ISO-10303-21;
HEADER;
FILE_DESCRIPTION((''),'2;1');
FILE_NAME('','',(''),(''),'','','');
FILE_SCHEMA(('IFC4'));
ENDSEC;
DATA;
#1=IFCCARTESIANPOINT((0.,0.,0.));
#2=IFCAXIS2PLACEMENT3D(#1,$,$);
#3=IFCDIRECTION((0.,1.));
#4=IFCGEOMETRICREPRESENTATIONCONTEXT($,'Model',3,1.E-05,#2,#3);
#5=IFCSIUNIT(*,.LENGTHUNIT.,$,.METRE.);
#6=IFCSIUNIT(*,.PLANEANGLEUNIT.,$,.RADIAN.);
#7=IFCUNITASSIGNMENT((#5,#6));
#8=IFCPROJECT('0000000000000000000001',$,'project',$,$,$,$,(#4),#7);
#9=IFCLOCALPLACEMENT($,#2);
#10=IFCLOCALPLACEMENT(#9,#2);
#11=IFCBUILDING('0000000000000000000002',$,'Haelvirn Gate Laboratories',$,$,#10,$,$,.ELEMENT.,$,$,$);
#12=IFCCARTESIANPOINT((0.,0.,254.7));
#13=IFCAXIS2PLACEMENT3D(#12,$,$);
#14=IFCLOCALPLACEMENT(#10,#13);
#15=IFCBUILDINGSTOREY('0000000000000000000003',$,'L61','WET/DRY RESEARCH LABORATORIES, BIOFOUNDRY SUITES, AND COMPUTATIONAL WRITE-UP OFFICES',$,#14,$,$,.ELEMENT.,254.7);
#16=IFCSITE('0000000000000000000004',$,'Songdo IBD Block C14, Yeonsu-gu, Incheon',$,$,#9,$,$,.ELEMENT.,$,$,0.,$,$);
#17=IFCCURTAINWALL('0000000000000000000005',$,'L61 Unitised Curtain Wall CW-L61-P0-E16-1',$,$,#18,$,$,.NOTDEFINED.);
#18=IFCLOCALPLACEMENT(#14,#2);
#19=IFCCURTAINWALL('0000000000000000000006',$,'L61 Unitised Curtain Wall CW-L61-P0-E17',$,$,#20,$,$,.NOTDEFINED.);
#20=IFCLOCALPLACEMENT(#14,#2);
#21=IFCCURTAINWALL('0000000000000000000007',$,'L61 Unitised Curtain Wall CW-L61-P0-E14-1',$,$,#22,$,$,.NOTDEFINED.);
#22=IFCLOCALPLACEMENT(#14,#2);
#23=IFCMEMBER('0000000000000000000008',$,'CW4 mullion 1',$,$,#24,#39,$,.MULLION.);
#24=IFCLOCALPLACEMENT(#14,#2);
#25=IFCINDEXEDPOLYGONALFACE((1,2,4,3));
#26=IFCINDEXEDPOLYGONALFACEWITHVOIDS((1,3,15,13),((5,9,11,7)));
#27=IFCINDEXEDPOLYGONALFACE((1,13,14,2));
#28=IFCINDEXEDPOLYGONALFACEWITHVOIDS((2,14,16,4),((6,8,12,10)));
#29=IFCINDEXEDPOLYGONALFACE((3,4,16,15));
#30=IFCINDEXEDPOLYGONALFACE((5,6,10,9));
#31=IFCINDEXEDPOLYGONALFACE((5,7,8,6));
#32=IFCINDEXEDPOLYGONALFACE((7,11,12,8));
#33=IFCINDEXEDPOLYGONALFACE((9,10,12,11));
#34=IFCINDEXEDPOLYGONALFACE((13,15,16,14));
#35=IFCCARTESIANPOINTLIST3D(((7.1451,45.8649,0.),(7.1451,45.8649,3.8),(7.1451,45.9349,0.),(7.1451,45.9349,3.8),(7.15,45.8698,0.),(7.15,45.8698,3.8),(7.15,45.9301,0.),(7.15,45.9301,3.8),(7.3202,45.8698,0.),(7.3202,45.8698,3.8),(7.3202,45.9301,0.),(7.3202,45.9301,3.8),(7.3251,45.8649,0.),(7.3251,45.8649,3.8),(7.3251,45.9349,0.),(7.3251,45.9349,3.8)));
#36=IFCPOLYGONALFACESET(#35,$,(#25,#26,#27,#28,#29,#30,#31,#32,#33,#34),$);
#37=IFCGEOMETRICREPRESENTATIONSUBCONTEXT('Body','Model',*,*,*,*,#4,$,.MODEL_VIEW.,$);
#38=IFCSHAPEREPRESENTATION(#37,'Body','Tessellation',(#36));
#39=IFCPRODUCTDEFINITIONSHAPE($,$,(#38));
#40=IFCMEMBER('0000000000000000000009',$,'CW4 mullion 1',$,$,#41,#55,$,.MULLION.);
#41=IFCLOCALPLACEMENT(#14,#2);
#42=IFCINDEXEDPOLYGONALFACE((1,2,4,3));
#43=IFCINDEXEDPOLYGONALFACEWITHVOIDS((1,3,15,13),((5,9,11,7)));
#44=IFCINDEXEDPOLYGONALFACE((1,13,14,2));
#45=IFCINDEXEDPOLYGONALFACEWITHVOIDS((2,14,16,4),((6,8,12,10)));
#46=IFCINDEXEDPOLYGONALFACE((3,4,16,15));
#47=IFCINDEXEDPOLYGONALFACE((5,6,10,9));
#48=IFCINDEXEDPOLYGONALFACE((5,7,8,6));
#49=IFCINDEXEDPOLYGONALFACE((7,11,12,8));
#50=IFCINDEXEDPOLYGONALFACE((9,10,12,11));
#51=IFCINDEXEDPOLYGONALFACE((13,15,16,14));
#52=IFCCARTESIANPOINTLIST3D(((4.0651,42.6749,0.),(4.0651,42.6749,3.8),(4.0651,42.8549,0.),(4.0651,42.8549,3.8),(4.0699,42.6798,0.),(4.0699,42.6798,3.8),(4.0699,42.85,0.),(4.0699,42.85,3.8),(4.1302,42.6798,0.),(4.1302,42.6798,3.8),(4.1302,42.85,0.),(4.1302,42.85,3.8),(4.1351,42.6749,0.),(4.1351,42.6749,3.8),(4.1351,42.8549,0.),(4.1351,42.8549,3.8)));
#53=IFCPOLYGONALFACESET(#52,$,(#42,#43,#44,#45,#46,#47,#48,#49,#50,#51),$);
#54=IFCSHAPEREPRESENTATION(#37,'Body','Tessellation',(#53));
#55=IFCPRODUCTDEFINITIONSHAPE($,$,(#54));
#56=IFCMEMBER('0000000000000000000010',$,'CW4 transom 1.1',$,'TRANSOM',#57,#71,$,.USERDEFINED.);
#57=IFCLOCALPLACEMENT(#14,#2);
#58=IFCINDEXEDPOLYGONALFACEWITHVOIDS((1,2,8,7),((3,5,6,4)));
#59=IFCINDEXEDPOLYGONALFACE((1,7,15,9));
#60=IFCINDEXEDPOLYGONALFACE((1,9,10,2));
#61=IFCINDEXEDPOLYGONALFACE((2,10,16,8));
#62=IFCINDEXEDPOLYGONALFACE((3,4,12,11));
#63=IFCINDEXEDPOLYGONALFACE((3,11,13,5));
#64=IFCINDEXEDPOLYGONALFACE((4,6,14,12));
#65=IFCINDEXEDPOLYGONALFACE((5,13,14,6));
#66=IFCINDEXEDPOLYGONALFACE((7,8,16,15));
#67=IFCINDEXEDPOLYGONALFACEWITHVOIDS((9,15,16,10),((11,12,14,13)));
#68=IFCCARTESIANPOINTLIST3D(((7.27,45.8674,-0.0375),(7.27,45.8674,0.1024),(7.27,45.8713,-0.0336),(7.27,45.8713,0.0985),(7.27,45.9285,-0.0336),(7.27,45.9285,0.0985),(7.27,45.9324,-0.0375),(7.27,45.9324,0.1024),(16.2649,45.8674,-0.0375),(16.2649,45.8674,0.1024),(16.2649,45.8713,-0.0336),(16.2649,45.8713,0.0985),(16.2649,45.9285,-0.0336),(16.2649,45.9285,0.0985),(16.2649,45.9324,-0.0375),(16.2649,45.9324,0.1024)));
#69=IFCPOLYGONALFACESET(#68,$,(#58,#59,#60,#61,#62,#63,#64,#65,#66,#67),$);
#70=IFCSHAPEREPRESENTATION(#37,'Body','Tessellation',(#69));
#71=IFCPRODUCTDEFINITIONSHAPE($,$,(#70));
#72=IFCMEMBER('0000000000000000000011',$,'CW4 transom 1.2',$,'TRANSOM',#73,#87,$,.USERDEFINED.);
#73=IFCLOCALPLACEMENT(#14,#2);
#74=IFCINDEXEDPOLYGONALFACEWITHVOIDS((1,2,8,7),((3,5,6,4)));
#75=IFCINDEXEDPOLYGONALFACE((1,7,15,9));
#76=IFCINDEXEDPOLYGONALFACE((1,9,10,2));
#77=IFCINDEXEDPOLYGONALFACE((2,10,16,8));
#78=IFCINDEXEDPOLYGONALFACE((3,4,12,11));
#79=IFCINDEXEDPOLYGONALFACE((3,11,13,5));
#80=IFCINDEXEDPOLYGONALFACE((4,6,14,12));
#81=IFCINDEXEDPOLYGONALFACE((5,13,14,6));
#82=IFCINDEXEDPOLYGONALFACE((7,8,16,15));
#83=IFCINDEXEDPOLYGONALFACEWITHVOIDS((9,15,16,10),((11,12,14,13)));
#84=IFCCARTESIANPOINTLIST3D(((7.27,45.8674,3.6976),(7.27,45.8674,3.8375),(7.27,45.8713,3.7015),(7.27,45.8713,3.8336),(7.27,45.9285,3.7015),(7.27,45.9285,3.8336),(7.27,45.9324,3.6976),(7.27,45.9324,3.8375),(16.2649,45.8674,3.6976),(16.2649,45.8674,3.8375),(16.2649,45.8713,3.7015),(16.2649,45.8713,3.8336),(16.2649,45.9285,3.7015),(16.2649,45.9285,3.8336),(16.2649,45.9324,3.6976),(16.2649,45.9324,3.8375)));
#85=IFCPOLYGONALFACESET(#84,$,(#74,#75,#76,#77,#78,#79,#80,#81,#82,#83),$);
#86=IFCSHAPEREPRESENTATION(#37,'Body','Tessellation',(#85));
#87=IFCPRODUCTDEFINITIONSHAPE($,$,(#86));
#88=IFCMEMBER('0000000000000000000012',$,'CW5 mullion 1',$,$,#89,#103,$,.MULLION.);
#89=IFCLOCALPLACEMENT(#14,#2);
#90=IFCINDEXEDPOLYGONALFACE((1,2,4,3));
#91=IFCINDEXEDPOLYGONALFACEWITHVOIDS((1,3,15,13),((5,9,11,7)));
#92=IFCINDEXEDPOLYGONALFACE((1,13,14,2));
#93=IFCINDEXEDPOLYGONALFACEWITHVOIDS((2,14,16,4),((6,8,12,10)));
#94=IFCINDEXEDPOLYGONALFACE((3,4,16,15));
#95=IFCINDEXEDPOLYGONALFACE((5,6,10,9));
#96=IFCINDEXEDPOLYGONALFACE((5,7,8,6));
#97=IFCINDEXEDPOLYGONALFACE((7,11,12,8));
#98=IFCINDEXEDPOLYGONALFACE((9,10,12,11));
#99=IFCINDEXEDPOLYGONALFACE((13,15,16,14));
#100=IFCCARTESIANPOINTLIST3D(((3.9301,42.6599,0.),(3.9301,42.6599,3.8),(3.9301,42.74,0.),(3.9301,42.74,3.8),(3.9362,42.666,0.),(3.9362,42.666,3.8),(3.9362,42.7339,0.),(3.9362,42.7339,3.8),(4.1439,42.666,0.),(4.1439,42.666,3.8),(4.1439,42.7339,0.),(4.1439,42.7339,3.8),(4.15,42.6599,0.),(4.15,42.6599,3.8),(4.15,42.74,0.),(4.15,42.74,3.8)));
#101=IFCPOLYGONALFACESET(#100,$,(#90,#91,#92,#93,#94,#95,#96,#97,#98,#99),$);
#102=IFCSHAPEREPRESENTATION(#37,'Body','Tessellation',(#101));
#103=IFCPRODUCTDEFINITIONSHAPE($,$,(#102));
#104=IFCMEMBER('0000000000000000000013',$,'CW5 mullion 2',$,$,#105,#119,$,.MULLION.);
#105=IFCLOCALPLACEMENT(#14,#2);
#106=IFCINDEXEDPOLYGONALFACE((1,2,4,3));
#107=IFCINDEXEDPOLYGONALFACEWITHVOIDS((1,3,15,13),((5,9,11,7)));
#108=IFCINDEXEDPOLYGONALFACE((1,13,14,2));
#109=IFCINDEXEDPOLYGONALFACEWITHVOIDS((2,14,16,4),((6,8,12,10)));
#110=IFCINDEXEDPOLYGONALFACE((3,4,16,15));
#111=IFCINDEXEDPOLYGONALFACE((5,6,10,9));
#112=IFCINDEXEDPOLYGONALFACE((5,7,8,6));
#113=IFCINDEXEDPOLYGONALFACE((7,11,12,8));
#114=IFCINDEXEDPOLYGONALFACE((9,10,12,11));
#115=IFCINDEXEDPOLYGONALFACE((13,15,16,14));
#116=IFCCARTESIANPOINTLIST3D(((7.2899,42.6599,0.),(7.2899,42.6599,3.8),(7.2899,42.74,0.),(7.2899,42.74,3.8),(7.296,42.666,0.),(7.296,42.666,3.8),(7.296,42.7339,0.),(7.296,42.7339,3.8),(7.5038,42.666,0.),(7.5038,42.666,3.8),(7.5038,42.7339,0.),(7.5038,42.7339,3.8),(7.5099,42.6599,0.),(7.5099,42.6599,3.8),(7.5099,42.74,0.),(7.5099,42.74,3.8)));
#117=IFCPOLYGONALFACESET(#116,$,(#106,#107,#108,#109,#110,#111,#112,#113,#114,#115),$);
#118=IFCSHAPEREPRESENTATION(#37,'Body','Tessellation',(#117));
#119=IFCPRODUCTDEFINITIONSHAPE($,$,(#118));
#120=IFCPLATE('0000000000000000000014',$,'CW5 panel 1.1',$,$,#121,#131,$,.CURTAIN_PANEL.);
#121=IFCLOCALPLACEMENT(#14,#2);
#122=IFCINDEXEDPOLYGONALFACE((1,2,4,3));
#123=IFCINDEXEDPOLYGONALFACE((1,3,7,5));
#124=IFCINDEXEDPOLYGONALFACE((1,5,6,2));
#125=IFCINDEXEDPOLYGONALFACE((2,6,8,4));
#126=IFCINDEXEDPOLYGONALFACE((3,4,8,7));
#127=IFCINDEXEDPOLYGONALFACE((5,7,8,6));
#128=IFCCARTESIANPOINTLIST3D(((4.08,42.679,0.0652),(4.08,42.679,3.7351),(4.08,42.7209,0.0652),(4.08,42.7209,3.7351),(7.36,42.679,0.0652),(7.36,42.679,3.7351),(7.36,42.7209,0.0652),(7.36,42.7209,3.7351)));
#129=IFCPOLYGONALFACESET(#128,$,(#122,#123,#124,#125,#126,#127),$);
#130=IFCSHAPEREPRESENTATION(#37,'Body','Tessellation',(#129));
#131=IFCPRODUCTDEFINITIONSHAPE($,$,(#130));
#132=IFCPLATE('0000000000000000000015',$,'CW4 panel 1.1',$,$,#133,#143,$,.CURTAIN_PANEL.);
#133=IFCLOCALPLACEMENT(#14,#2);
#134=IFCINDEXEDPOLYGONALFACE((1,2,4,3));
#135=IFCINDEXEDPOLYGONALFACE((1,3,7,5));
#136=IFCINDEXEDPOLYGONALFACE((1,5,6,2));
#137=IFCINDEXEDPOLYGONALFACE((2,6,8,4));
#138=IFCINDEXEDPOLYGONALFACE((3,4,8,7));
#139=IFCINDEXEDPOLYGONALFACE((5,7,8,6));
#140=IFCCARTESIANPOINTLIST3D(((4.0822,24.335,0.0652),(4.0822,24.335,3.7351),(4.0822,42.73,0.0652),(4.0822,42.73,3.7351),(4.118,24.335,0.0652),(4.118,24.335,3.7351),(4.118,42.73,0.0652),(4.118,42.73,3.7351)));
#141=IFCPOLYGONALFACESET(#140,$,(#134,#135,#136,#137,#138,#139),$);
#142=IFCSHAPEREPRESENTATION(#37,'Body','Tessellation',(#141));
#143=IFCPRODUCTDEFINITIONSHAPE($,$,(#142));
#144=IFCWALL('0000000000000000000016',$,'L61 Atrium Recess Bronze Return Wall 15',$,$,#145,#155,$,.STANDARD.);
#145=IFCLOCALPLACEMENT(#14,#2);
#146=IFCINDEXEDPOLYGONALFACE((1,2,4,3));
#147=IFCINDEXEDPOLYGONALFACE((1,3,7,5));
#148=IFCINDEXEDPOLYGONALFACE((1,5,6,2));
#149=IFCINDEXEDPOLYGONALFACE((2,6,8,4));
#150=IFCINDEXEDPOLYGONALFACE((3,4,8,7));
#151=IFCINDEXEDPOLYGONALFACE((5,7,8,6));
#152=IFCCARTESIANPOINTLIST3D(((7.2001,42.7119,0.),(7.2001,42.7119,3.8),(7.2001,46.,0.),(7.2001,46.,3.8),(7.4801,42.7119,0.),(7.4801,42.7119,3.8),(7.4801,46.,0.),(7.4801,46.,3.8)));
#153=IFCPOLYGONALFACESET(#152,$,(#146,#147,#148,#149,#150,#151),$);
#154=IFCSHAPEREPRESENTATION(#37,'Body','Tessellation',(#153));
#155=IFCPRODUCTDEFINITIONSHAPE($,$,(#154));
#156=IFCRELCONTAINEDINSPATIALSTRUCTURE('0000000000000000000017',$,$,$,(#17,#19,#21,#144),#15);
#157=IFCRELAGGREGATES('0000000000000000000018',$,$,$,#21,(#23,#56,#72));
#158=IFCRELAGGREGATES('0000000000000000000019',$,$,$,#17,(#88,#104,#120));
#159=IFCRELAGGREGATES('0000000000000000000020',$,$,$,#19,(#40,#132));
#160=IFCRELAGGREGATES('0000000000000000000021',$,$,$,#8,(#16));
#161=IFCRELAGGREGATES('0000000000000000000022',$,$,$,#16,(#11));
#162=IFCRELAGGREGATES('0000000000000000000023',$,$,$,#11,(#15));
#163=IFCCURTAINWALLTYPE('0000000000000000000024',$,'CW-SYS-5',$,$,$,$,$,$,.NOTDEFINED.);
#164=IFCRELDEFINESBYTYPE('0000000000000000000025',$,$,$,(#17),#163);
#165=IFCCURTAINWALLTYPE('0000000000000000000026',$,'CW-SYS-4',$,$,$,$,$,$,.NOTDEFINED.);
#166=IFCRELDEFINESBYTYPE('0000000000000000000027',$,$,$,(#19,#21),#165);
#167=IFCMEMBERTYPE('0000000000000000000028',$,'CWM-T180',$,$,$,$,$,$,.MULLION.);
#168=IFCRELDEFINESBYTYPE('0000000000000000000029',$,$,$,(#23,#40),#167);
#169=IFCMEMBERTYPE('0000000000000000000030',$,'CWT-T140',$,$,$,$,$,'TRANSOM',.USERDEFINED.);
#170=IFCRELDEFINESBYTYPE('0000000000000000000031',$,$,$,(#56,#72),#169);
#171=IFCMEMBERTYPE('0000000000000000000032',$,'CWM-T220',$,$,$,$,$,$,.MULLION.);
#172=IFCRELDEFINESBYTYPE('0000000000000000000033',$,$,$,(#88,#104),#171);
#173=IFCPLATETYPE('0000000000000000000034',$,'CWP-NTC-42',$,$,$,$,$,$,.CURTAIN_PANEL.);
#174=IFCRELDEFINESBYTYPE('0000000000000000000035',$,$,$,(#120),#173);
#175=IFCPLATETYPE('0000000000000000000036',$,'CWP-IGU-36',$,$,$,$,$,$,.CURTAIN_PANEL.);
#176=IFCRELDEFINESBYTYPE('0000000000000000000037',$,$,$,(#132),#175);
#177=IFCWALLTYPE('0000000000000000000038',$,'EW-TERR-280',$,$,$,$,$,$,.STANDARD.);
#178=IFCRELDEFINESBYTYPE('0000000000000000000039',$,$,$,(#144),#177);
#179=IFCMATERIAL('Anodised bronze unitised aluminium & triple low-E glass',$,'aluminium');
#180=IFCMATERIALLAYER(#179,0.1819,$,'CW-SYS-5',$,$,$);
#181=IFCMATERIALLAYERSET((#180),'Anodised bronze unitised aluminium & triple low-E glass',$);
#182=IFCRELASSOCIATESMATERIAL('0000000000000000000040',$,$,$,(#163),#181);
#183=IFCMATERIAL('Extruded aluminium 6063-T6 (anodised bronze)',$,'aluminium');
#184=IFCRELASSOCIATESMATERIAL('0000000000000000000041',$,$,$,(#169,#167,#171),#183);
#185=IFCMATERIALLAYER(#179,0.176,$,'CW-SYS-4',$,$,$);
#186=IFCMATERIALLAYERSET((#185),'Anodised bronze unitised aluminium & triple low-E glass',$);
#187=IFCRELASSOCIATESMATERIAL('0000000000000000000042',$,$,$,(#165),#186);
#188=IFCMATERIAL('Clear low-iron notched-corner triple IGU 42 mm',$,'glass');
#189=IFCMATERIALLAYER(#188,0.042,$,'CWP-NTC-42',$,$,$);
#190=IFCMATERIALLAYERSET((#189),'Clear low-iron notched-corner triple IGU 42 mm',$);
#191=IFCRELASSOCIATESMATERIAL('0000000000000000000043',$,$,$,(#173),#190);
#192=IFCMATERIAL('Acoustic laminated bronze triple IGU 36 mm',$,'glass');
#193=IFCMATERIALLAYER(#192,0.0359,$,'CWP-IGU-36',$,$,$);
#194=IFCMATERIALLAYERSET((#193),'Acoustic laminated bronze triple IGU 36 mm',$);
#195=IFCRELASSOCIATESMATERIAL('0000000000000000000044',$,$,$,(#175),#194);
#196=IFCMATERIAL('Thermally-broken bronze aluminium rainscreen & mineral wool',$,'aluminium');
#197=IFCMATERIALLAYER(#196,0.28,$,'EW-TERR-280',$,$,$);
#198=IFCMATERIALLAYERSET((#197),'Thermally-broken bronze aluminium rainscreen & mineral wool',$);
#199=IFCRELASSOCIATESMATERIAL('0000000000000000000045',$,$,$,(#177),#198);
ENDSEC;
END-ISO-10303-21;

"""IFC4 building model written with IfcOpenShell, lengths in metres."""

from ifc_helpers import new_model, si_unit, direction, frame, frame_2d, origin, origin_2d, place, context, subcontext, project, spatial, rectangle, hollow_rectangle, extrude, source, transform, mapped, material, layer, layer_set, material_profile, profile_set, type_object, type_shapes, element, aggregate, save


model = new_model("IFC4")

# Units and contexts
model_context = context("Model", 3, precision=1e-05, world=origin(), true_north=direction((0.0, 1.0)))
body_context = subcontext(model_context, "Body", "Model", "MODEL_VIEW")
ifc_project = project(units=[si_unit("LENGTHUNIT", "METRE"), si_unit("PLANEANGLEUNIT", "RADIAN")], contexts=[model_context])

# Site, building, storey
site_placement = place(None, origin())
site = spatial("IfcSite", under=ifc_project, at=site_placement, Name="Songdo IBD Block C14, Yeonsu-gu, Incheon", CompositionType="ELEMENT", RefElevation=0.0)
building_placement = place(site_placement, origin())
building = spatial("IfcBuilding", under=site, at=building_placement, Name="Haelvirn Gate Laboratories", CompositionType="ELEMENT")
storey_placement = place(building_placement, frame((0.0, 0.0, 254.7)))
storey = spatial("IfcBuildingStorey", under=building, at=storey_placement, Name="L61", Description="WET/DRY RESEARCH LABORATORIES, BIOFOUNDRY SUITES, AND COMPUTATIONAL WRITE-UP OFFICES", CompositionType="ELEMENT", Elevation=254.7)

# Curtain walls
ifc_material_1 = material(Name="Anodised bronze unitised aluminium & triple low-E glass", Category="aluminium")
ifc_layer_1 = layer(ifc_material_1, 0.1819, Name="CW-SYS-5")
ifc_layer_set_1 = layer_set([ifc_layer_1], Name="Anodised bronze unitised aluminium & triple low-E glass")
curtain_wall_type_1 = type_object("IfcCurtainWallType", Name="CW-SYS-5", PredefinedType="NOTDEFINED", material=ifc_layer_set_1)
curtain_wall_1_placement = place(storey_placement, origin())
curtain_wall_1 = element("IfcCurtainWall", 1, at=curtain_wall_1_placement, inside=storey, type_object=curtain_wall_type_1, Name="L61 Unitised Curtain Wall CW-L61-P0-E16-1", PredefinedType="NOTDEFINED")
ifc_material_2 = material(Name="Extruded aluminium 6063-T6 (anodised bronze)", Category="aluminium")
ifc_material_profile_1 = material_profile(ifc_material_2, hollow_rectangle(XDim=0.0649, YDim=0.1399, WallThickness=0.0039, at=origin_2d()), Name="CWT-140x65x4")
ifc_profile_set_1 = profile_set([ifc_material_profile_1], Name="Extruded aluminium 6063-T6 (anodised bronze)")
member_type_1 = type_object("IfcMemberType", Name="CWT-T140", ElementType="TRANSOM", PredefinedType="USERDEFINED", material=ifc_profile_set_1)
ifc_layer_2 = layer(ifc_material_1, 0.176, Name="CW-SYS-4")
ifc_layer_set_2 = layer_set([ifc_layer_2], Name="Anodised bronze unitised aluminium & triple low-E glass")
curtain_wall_type_2 = type_object("IfcCurtainWallType", Name="CW-SYS-4", PredefinedType="NOTDEFINED", material=ifc_layer_set_2)
curtain_wall_2_placement = place(storey_placement, origin())
curtain_wall_2 = element("IfcCurtainWall", 2, at=curtain_wall_2_placement, inside=storey, type_object=curtain_wall_type_2, Name="L61 Unitised Curtain Wall CW-L61-P0-E17", PredefinedType="NOTDEFINED")

# Curtain wall, member
curtain_wall_3_placement = place(storey_placement, origin())
curtain_wall_3 = element("IfcCurtainWall", 3, at=curtain_wall_3_placement, inside=storey, type_object=curtain_wall_type_2, Name="L61 Unitised Curtain Wall CW-L61-P0-E14-1", PredefinedType="NOTDEFINED")
ifc_material_profile_2 = material_profile(ifc_material_2, hollow_rectangle(XDim=0.0701, YDim=0.1799, WallThickness=0.0049, at=origin_2d()), Name="CWM-180x70x5")
ifc_profile_set_2 = profile_set([ifc_material_profile_2], Name="Extruded aluminium 6063-T6 (anodised bronze)")
member_type_2 = type_object("IfcMemberType", Name="CWM-T180", PredefinedType="MULLION", material=ifc_profile_set_2)
shared_shape_1 = source(origin(), body_context, "Body", "SweptSolid", [
    extrude(hollow_rectangle(XDim=0.0701, YDim=0.1799, WallThickness=0.0049, at=origin_2d()), origin(), (0.0, 0.0, 1.0), 3.8),
])
type_shapes(member_type_2, [shared_shape_1])
member_1_placement = place(storey_placement, frame((7.2351, 45.8999, 0.0), z_axis=(0.0, 0.0, 1.0), x_axis=(0.0, 1.0, 0.0)))
member_1 = element("IfcMember", 4, at=member_1_placement, type_object=member_type_2, Name="CW4 mullion 1", PredefinedType="MULLION", context=body_context, shape_type="MappedRepresentation", body=[
    mapped(shared_shape_1, transform((0.0, 0.0, 0.0), scale=1.0)),
])

# Members
member_2_placement = place(storey_placement, frame((4.1001, 42.7649, 0.0), z_axis=(0.0, 0.0, 1.0), x_axis=(1.0, 0.0, 0.0)))
member_2 = element("IfcMember", 5, at=member_2_placement, type_object=member_type_2, Name="CW4 mullion 1", PredefinedType="MULLION", context=body_context, shape_type="MappedRepresentation", body=[
    mapped(shared_shape_1, transform((0.0, 0.0, 0.0), scale=1.0)),
])
shared_shape_2 = source(origin(), body_context, "Body", "SweptSolid", [
    extrude(hollow_rectangle(XDim=0.0649, YDim=0.1399, WallThickness=0.0039, at=origin_2d()), origin(), (0.0, 0.0, 1.0), 8.9949),
])
member_3_placement = place(storey_placement, frame((7.27, 45.8999, 0.0325), z_axis=(1.0, 0.0, 0.0), x_axis=(0.0, 1.0, 0.0)))
member_3 = element("IfcMember", 6, at=member_3_placement, type_object=member_type_1, Name="CW4 transom 1.1", ObjectType="TRANSOM", PredefinedType="USERDEFINED", context=body_context, shape_type="MappedRepresentation", body=[
    mapped(shared_shape_2, transform((0.0, 0.0, 0.0), scale=1.0)),
])
member_4_placement = place(storey_placement, frame((7.27, 45.8999, 3.7676), z_axis=(1.0, 0.0, 0.0), x_axis=(0.0, 1.0, 0.0)))
member_4 = element("IfcMember", 7, at=member_4_placement, type_object=member_type_1, Name="CW4 transom 1.2", ObjectType="TRANSOM", PredefinedType="USERDEFINED", context=body_context, shape_type="MappedRepresentation", body=[
    mapped(shared_shape_2, transform((0.0, 0.0, 0.0), scale=1.0)),
])
aggregate(curtain_wall_3, [member_1, member_3, member_4])
ifc_material_profile_3 = material_profile(ifc_material_2, hollow_rectangle(XDim=0.0801, YDim=0.22, WallThickness=0.0061, at=origin_2d()), Name="CWM-220x80x6")
ifc_profile_set_3 = profile_set([ifc_material_profile_3], Name="Extruded aluminium 6063-T6 (anodised bronze)")
member_type_3 = type_object("IfcMemberType", Name="CWM-T220", PredefinedType="MULLION", material=ifc_profile_set_3)
shared_shape_3 = source(origin(), body_context, "Body", "SweptSolid", [
    extrude(hollow_rectangle(XDim=0.0801, YDim=0.22, WallThickness=0.0061, at=origin_2d()), origin(), (0.0, 0.0, 1.0), 3.8),
])
type_shapes(member_type_3, [shared_shape_3])
member_5_placement = place(storey_placement, frame((4.04, 42.7, 0.0), z_axis=(0.0, 0.0, 1.0), x_axis=(0.0, 1.0, 0.0)))
member_5 = element("IfcMember", 8, at=member_5_placement, type_object=member_type_3, Name="CW5 mullion 1", PredefinedType="MULLION", context=body_context, shape_type="MappedRepresentation", body=[
    mapped(shared_shape_3, transform((0.0, 0.0, 0.0), scale=1.0)),
])
member_6_placement = place(storey_placement, frame((7.3999, 42.7, 0.0), z_axis=(0.0, 0.0, 1.0), x_axis=(0.0, 1.0, 0.0)))
member_6 = element("IfcMember", 9, at=member_6_placement, type_object=member_type_3, Name="CW5 mullion 2", PredefinedType="MULLION", context=body_context, shape_type="MappedRepresentation", body=[
    mapped(shared_shape_3, transform((0.0, 0.0, 0.0), scale=1.0)),
])

# Plates
ifc_material_3 = material(Name="Clear low-iron notched-corner triple IGU 42 mm", Category="glass")
ifc_layer_3 = layer(ifc_material_3, 0.042, Name="CWP-NTC-42")
ifc_layer_set_3 = layer_set([ifc_layer_3], Name="Clear low-iron notched-corner triple IGU 42 mm")
plate_type_1 = type_object("IfcPlateType", Name="CWP-NTC-42", PredefinedType="CURTAIN_PANEL", material=ifc_layer_set_3)
shared_shape_4 = source(origin(), body_context, "Body", "SweptSolid", [
    extrude(rectangle(XDim=3.28, YDim=0.042, at=origin_2d()), origin(), (0.0, 0.0, 1.0), 3.6699),
])
type_shapes(plate_type_1, [shared_shape_4])
plate_1_placement = place(storey_placement, frame((5.72, 42.7, 0.0652), z_axis=(0.0, 0.0, 1.0), x_axis=(1.0, 0.0, 0.0)))
plate_1 = element("IfcPlate", 10, at=plate_1_placement, type_object=plate_type_1, Name="CW5 panel 1.1", PredefinedType="CURTAIN_PANEL", context=body_context, shape_type="MappedRepresentation", body=[
    mapped(shared_shape_4, transform((0.0, 0.0, 0.0), scale=1.0)),
])
aggregate(curtain_wall_1, [member_5, member_6, plate_1])
ifc_material_4 = material(Name="Acoustic laminated bronze triple IGU 36 mm", Category="glass")
ifc_layer_4 = layer(ifc_material_4, 0.0359, Name="CWP-IGU-36")
ifc_layer_set_4 = layer_set([ifc_layer_4], Name="Acoustic laminated bronze triple IGU 36 mm")
plate_type_2 = type_object("IfcPlateType", Name="CWP-IGU-36", PredefinedType="CURTAIN_PANEL", material=ifc_layer_set_4)
shared_shape_5 = source(origin(), body_context, "Body", "SweptSolid", [
    extrude(rectangle(XDim=18.395, YDim=0.0359, at=origin_2d()), origin(), (0.0, 0.0, 1.0), 3.6699),
])
type_shapes(plate_type_2, [shared_shape_5])
plate_2_placement = place(storey_placement, frame((4.1001, 33.5325, 0.0652), z_axis=(0.0, 0.0, 1.0), x_axis=(0.0, -1.0, 0.0)))
plate_2 = element("IfcPlate", 11, at=plate_2_placement, type_object=plate_type_2, Name="CW4 panel 1.1", PredefinedType="CURTAIN_PANEL", context=body_context, shape_type="MappedRepresentation", body=[
    mapped(shared_shape_5, transform((0.0, 0.0, 0.0), scale=1.0)),
])
aggregate(curtain_wall_2, [member_2, plate_2])

# Wall
ifc_material_5 = material(Name="Thermally-broken bronze aluminium rainscreen & mineral wool", Category="aluminium")
ifc_layer_5 = layer(ifc_material_5, 0.28, Name="EW-TERR-280")
ifc_layer_set_5 = layer_set([ifc_layer_5], Name="Thermally-broken bronze aluminium rainscreen & mineral wool")
wall_type_1 = type_object("IfcWallType", Name="EW-TERR-280", PredefinedType="STANDARD", material=ifc_layer_set_5)
wall_1_placement = place(storey_placement, frame((7.3401, 46.0, 0.0), z_axis=(0.0, 0.0, 1.0), x_axis=(0.0, -1.0, 0.0)))
element("IfcWall", 12, at=wall_1_placement, inside=storey, type_object=wall_type_1, Name="L61 Atrium Recess Bronze Return Wall 15", PredefinedType="STANDARD", context=body_context, shape_type="SweptSolid", body=[
    extrude(rectangle(XDim=3.2881, YDim=0.28, at=frame_2d((1.644, 0.0))), origin(), (0.0, 0.0, 1.0), 3.8),
])

save(model, "model.ifc")
